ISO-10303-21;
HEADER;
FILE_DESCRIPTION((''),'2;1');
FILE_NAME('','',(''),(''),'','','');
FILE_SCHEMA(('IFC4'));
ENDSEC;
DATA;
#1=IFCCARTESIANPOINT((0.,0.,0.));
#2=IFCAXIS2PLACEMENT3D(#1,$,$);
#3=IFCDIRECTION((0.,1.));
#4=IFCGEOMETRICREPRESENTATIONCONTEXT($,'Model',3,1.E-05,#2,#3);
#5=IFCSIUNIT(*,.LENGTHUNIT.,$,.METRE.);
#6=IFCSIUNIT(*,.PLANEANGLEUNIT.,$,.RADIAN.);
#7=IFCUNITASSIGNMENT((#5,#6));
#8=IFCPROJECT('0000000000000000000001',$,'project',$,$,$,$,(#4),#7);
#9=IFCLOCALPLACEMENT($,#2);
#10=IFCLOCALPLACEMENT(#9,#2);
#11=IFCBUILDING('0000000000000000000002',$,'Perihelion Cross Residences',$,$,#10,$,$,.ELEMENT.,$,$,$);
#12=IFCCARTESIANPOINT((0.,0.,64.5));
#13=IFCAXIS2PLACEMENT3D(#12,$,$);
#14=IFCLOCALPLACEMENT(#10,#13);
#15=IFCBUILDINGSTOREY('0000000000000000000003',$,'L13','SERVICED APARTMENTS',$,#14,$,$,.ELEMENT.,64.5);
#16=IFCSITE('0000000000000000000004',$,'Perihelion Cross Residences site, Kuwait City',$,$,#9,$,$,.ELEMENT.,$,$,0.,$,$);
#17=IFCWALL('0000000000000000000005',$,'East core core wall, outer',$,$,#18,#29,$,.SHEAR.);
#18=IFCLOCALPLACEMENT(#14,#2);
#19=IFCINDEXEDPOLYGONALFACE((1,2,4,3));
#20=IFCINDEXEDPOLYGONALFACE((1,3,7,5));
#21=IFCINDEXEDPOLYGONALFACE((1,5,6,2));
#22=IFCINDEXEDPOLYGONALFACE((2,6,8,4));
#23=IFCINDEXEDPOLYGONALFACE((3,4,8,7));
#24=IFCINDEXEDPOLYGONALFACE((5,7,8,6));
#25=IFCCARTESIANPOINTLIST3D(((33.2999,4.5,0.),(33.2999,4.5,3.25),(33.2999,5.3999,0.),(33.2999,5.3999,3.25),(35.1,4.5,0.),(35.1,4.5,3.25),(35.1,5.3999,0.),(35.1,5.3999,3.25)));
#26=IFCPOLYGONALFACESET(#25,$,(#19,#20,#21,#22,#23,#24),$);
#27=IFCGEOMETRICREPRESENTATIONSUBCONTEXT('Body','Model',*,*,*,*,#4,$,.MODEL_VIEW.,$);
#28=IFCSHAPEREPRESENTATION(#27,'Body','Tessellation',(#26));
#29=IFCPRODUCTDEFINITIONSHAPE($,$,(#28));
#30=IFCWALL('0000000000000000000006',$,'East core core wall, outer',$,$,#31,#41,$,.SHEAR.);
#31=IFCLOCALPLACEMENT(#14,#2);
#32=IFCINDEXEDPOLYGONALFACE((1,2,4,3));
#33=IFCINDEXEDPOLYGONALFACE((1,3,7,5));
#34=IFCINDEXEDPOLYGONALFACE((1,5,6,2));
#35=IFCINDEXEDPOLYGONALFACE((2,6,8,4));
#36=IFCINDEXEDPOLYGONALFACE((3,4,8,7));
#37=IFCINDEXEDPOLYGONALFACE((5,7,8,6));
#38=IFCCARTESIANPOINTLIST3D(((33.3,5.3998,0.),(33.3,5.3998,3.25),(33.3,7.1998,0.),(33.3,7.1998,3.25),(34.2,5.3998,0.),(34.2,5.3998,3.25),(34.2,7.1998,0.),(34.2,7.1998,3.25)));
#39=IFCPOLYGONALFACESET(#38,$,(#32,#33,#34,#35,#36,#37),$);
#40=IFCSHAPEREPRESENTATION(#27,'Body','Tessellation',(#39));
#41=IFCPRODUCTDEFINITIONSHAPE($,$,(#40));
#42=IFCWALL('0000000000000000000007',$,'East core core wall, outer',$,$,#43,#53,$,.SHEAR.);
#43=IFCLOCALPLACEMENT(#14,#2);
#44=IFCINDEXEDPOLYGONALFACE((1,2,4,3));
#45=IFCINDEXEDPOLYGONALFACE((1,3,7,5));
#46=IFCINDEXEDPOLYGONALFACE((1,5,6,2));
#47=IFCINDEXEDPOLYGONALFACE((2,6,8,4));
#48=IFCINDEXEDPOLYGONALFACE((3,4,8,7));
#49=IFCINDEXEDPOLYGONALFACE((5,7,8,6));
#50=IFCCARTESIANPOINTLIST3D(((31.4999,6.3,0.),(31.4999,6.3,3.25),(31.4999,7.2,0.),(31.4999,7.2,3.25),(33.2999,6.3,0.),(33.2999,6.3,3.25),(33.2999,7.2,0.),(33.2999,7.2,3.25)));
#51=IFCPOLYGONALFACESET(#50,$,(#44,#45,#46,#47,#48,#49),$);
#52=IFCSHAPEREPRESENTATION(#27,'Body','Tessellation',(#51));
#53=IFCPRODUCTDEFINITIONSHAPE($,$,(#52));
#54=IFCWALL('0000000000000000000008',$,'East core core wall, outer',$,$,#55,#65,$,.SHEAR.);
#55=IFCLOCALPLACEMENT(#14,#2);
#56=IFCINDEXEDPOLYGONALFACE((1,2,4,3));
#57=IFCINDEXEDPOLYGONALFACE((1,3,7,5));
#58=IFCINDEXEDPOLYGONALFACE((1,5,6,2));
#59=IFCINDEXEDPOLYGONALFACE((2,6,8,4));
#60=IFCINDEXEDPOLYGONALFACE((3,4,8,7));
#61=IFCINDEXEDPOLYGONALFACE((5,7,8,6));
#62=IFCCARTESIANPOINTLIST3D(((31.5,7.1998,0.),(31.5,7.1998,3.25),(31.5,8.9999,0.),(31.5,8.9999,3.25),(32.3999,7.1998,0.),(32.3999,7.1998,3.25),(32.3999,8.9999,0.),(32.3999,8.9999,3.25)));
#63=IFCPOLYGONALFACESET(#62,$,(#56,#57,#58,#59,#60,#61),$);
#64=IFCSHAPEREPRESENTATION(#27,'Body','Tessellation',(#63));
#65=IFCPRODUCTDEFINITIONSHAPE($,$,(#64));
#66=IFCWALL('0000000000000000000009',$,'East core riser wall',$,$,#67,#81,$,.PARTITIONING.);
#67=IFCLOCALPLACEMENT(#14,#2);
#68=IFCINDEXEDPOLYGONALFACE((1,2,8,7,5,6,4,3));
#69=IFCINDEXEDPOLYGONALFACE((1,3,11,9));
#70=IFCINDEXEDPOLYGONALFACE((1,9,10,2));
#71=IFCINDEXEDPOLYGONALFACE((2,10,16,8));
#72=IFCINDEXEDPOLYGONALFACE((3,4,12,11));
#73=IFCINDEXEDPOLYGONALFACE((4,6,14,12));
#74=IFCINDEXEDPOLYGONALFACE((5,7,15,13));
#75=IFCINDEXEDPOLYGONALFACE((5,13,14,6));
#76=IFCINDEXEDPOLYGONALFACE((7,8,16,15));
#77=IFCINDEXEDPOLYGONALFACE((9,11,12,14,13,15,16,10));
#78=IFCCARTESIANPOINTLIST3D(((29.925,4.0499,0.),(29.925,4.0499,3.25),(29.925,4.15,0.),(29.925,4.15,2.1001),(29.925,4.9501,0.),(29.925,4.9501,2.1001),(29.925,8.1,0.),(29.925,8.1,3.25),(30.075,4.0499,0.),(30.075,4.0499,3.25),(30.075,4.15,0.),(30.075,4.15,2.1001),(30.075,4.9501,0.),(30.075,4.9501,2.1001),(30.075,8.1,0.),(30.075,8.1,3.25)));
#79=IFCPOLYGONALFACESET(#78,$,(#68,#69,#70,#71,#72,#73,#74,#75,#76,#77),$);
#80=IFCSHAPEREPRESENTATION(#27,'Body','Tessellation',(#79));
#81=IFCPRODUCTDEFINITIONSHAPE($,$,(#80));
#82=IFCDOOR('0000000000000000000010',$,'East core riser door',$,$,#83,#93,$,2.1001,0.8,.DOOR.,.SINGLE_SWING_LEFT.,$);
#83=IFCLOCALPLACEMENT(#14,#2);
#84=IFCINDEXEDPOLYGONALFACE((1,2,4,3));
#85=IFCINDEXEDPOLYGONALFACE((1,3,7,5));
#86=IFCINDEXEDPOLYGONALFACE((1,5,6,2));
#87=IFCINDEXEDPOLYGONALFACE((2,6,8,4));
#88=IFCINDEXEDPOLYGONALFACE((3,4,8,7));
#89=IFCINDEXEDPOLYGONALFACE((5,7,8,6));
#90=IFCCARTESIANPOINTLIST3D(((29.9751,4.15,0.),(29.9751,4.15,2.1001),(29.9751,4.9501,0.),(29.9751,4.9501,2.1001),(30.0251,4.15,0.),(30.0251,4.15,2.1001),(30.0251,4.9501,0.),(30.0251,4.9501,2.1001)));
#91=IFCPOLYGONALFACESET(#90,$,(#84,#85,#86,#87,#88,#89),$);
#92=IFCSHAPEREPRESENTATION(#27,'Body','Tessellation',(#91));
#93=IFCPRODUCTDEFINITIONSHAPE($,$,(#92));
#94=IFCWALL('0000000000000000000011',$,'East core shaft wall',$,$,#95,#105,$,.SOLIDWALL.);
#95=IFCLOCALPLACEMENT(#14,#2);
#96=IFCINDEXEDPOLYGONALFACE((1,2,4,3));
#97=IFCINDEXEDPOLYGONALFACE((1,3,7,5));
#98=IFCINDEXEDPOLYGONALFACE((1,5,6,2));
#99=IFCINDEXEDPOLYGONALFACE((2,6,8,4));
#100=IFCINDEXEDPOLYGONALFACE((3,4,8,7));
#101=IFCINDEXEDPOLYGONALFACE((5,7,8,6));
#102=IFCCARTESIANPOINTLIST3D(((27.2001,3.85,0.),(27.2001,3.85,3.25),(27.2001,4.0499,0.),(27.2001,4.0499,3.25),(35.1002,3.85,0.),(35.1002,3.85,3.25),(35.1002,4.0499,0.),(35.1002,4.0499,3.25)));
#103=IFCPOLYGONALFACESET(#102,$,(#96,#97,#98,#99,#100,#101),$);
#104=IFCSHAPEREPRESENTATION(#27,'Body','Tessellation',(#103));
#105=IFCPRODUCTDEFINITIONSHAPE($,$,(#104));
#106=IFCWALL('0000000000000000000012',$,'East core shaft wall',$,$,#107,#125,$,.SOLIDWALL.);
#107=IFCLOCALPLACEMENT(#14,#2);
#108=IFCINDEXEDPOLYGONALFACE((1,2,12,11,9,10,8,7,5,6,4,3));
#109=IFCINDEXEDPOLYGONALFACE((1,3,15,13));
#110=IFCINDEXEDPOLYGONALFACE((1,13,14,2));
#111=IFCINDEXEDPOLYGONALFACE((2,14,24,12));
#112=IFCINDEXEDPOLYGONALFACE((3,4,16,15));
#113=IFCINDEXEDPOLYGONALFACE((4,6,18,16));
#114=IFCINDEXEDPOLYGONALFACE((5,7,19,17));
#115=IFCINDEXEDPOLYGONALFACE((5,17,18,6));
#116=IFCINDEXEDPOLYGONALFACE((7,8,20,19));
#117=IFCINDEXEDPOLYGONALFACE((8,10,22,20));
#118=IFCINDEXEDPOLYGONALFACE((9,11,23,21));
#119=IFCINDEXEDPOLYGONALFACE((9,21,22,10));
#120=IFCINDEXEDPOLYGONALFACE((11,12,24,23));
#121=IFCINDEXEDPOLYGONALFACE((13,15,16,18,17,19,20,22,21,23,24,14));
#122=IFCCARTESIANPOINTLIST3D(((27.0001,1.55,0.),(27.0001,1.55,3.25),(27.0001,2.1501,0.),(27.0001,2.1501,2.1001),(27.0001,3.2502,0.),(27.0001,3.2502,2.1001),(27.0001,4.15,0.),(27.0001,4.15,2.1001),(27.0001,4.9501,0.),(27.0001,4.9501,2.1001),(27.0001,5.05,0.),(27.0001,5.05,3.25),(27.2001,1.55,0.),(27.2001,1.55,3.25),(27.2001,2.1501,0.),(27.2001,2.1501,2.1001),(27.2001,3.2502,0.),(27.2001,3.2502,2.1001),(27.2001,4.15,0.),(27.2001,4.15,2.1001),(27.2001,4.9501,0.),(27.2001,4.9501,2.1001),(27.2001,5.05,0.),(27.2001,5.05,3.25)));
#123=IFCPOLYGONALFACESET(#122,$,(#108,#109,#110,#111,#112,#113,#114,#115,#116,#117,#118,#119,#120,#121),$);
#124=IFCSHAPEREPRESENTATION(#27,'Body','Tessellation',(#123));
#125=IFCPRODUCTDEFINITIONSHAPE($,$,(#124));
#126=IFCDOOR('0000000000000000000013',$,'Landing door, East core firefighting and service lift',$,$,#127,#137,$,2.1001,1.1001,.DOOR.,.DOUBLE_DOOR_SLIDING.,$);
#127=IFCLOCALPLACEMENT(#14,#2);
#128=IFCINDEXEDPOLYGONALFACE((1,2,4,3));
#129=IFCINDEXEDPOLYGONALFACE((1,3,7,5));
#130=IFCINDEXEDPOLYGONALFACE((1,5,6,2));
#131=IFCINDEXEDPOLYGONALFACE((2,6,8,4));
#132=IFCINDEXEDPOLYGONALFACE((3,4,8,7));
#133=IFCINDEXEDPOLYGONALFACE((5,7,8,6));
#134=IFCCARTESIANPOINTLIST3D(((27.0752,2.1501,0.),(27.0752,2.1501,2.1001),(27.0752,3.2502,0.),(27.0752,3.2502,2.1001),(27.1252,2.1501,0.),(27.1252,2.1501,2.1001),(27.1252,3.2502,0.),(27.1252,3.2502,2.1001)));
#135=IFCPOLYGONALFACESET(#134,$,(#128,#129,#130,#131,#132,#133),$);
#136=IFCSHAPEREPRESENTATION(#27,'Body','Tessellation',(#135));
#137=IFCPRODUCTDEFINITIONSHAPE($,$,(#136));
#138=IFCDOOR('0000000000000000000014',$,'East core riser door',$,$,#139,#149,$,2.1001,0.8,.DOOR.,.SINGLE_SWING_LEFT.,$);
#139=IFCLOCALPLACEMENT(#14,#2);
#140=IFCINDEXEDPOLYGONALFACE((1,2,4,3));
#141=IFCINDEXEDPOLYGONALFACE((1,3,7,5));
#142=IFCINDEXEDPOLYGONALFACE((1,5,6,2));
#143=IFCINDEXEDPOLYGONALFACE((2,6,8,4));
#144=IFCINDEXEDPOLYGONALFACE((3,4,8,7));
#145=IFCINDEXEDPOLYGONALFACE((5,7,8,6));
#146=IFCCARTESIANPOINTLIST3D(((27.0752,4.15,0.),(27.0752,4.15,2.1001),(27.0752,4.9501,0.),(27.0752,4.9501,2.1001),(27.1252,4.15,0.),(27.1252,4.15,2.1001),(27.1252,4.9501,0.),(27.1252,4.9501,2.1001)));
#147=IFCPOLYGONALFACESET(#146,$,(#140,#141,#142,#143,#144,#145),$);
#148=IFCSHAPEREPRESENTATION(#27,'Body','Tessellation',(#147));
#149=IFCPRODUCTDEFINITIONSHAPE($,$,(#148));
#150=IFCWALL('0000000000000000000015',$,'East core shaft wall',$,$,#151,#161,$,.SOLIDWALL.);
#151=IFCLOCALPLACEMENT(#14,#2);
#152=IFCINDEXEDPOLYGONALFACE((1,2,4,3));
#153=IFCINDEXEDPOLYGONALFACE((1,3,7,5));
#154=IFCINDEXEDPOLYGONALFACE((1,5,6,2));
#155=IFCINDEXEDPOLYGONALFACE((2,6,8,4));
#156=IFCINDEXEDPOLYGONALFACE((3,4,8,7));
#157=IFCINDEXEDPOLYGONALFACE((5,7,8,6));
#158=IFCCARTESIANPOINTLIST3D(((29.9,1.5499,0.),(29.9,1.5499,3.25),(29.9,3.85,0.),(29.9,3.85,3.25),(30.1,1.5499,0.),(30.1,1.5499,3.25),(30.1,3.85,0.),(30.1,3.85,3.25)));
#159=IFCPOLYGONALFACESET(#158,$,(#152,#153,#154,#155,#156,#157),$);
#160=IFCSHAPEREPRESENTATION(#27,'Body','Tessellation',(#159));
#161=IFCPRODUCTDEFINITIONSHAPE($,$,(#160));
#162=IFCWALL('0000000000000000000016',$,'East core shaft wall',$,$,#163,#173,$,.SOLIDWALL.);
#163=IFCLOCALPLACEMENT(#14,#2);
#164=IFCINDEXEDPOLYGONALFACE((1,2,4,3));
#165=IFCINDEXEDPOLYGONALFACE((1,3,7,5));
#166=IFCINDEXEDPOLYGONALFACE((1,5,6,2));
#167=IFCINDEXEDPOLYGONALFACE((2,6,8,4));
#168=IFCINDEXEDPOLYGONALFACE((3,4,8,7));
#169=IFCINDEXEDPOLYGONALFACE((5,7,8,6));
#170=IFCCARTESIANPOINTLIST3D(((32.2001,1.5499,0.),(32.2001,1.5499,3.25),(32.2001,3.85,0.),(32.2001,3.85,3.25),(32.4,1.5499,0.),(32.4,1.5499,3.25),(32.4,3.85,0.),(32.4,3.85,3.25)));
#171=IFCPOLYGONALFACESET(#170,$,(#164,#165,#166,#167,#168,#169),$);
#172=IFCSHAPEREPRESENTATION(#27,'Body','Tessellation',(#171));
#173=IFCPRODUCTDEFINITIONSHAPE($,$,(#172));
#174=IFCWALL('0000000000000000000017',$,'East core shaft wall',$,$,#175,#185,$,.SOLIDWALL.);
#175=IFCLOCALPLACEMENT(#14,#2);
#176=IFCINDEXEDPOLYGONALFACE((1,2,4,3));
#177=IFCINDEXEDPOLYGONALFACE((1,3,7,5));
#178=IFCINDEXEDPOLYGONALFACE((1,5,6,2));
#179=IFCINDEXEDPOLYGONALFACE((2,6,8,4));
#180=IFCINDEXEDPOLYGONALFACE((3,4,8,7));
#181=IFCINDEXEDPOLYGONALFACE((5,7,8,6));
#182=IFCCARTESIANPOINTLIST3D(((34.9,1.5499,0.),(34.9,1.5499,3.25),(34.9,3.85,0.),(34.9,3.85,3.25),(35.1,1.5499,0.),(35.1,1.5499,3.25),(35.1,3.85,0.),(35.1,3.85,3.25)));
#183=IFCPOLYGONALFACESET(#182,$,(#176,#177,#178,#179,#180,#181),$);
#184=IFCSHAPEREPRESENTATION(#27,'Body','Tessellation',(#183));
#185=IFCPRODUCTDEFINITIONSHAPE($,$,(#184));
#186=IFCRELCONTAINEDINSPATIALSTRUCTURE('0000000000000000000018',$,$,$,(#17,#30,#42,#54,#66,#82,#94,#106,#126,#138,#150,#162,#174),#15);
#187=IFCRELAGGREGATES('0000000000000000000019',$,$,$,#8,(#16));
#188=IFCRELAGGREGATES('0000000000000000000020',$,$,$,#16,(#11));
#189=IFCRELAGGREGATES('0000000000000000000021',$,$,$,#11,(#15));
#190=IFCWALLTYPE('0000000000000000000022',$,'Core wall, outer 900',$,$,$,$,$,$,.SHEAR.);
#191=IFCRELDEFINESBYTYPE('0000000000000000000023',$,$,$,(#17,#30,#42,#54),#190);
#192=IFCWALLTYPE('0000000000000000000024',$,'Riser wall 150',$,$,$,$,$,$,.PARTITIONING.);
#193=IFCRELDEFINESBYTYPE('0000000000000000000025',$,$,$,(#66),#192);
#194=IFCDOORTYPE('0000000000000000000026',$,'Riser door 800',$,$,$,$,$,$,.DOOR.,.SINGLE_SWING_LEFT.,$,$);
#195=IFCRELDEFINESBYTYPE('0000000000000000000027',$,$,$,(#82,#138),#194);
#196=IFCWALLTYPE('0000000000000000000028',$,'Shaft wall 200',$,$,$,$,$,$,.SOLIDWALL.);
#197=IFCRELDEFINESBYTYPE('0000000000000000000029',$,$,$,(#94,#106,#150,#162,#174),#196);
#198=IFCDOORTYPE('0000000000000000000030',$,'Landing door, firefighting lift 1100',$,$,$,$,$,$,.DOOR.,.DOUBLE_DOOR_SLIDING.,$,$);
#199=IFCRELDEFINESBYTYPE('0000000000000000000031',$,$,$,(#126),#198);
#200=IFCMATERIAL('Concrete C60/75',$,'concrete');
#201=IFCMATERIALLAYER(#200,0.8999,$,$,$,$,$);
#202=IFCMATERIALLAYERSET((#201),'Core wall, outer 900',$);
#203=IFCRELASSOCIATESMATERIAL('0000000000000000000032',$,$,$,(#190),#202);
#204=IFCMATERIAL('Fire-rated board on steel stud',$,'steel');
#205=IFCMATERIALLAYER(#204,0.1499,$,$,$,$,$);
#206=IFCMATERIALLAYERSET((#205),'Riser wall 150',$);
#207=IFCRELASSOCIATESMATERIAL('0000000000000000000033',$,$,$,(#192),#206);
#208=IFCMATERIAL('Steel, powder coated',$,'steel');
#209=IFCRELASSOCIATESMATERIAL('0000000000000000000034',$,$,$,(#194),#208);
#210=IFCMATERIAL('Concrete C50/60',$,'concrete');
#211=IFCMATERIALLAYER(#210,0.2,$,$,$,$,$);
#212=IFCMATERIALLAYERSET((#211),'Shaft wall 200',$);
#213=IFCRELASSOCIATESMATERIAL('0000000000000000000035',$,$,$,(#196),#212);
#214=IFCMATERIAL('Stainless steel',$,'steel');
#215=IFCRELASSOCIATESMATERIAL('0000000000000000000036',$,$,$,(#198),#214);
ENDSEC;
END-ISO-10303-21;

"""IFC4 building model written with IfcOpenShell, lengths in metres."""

from ifc_helpers import new_model, si_unit, direction, frame, frame_2d, origin, place, context, subcontext, project, spatial, rectangle, extrude, material, layer, layer_set, type_object, element, fill, save


model = new_model("IFC4")

# Units and contexts
model_context = context("Model", 3, precision=1e-05, world=origin(), true_north=direction((0.0, 1.0)))
body_context = subcontext(model_context, "Body", "Model", "MODEL_VIEW")
ifc_project = project(units=[si_unit("LENGTHUNIT", "METRE"), si_unit("PLANEANGLEUNIT", "RADIAN")], contexts=[model_context])

# Site, building, storey
site_placement = place(None, origin())
site = spatial("IfcSite", under=ifc_project, at=site_placement, Name="Perihelion Cross Residences site, Kuwait City", CompositionType="ELEMENT", RefElevation=0.0)
building_placement = place(site_placement, origin())
building = spatial("IfcBuilding", under=site, at=building_placement, Name="Perihelion Cross Residences", CompositionType="ELEMENT")
storey_placement = place(building_placement, frame((0.0, 0.0, 64.5)))
storey = spatial("IfcBuildingStorey", under=building, at=storey_placement, Name="L13", Description="SERVICED APARTMENTS", CompositionType="ELEMENT", Elevation=64.5)

# Walls
ifc_material_1 = material(Name="Concrete C60/75", Category="concrete")
ifc_layer_1 = layer(ifc_material_1, 0.8999)
ifc_layer_set_1 = layer_set([ifc_layer_1], Name="Core wall, outer 900")
wall_type_1 = type_object("IfcWallType", Name="Core wall, outer 900", PredefinedType="SHEAR", material=ifc_layer_set_1)
for number, where, z_axis, x_axis, name in (
    (1, (33.3, 4.95, 0.0), (0.0, 0.0, 1.0), (1.0, 0.0, 0.0), "East core core wall, outer"),
    (2, (33.75, 5.3999, 0.0), (0.0, 0.0, 1.0), (0.0, 1.0, 0.0), "East core core wall, outer"),
    (3, (31.5, 6.75, 0.0), (0.0, 0.0, 1.0), (1.0, 0.0, 0.0), "East core core wall, outer"),
    (4, (31.95, 7.2, 0.0), (0.0, 0.0, 1.0), (0.0, 1.0, 0.0), "East core core wall, outer"),
):
    element("IfcWall", number, at=place(storey_placement, frame(where, z_axis=z_axis, x_axis=x_axis)), inside=storey, type_object=wall_type_1, Name=name, PredefinedType="SHEAR", context=body_context, shape_type="SweptSolid", body=[
        extrude(rectangle(XDim=1.8, YDim=0.8999, at=frame_2d((0.8999, 0.0))), origin(), (0.0, 0.0, 1.0), 3.25),
    ])

# Wall, opening, door
ifc_material_2 = material(Name="Fire-rated board on steel stud", Category="steel")
ifc_layer_2 = layer(ifc_material_2, 0.1499)
ifc_layer_set_2 = layer_set([ifc_layer_2], Name="Riser wall 150")
wall_type_2 = type_object("IfcWallType", Name="Riser wall 150", PredefinedType="PARTITIONING", material=ifc_layer_set_2)
wall_1_placement = place(storey_placement, frame((30.0, 4.05, 0.0), z_axis=(0.0, 0.0, 1.0), x_axis=(0.0, 1.0, 0.0)))
wall_1 = element("IfcWall", 5, at=wall_1_placement, inside=storey, type_object=wall_type_2, Name="East core riser wall", PredefinedType="PARTITIONING", context=body_context, shape_type="SweptSolid", body=[
    extrude(rectangle(XDim=4.05, YDim=0.1499, at=frame_2d((2.0249, 0.0))), origin(), (0.0, 0.0, 1.0), 3.25),
])
opening_1_placement = place(wall_1_placement, frame((0.1001, 0.0, 0.0)))
opening_1 = element("IfcOpeningElement", 6, at=opening_1_placement, cuts=wall_1, PredefinedType="OPENING", context=body_context, shape_type="SweptSolid", body=[
    extrude(rectangle(XDim=0.8, YDim=2.1001, at=frame_2d((0.3999, 1.05))), frame((0.0, 0.085, 0.0), z_axis=(0.0, -1.0, 0.0), x_axis=(1.0, 0.0, 0.0)), (0.0, 0.0, 1.0), 0.1699),
])
ifc_material_3 = material(Name="Steel, powder coated", Category="steel")
door_type_1 = type_object("IfcDoorType", Name="Riser door 800", OperationType="SINGLE_SWING_LEFT", PredefinedType="DOOR", material=ifc_material_3)
door_1_placement = place(opening_1_placement, origin())
door_1 = element("IfcDoor", 7, at=door_1_placement, inside=storey, type_object=door_type_1, Name="East core riser door", OperationType="SINGLE_SWING_LEFT", OverallHeight=2.1001, OverallWidth=0.8, PredefinedType="DOOR", context=body_context, shape_type="SweptSolid", body=[
    extrude(rectangle(XDim=0.8, YDim=2.1001, at=frame_2d((0.3999, 1.05))), frame((0.0, 0.0249, 0.0), z_axis=(0.0, -1.0, 0.0), x_axis=(1.0, 0.0, 0.0)), (0.0, 0.0, 1.0), 0.05),
])
fill(opening_1, door_1)

# Wall
ifc_material_4 = material(Name="Concrete C50/60", Category="concrete")
ifc_layer_3 = layer(ifc_material_4, 0.2)
ifc_layer_set_3 = layer_set([ifc_layer_3], Name="Shaft wall 200")
wall_type_3 = type_object("IfcWallType", Name="Shaft wall 200", PredefinedType="SOLIDWALL", material=ifc_layer_set_3)
wall_2_placement = place(storey_placement, frame((27.2, 3.95, 0.0), z_axis=(0.0, 0.0, 1.0), x_axis=(1.0, 0.0, 0.0)))
element("IfcWall", 8, at=wall_2_placement, inside=storey, type_object=wall_type_3, Name="East core shaft wall", PredefinedType="SOLIDWALL", context=body_context, shape_type="SweptSolid", body=[
    extrude(rectangle(XDim=7.9001, YDim=0.2, at=frame_2d((3.9502, 0.0))), origin(), (0.0, 0.0, 1.0), 3.25),
])

# Wall, openings, doors
wall_3_placement = place(storey_placement, frame((27.1001, 1.55, 0.0), z_axis=(0.0, 0.0, 1.0), x_axis=(0.0, 1.0, 0.0)))
wall_3 = element("IfcWall", 9, at=wall_3_placement, inside=storey, type_object=wall_type_3, Name="East core shaft wall", PredefinedType="SOLIDWALL", context=body_context, shape_type="SweptSolid", body=[
    extrude(rectangle(XDim=3.5, YDim=0.2, at=frame_2d((1.75, 0.0))), origin(), (0.0, 0.0, 1.0), 3.25),
])
opening_2_placement = place(wall_3_placement, frame((0.6001, 0.0, 0.0)))
opening_2 = element("IfcOpeningElement", 10, at=opening_2_placement, cuts=wall_3, PredefinedType="OPENING", context=body_context, shape_type="SweptSolid", body=[
    extrude(rectangle(XDim=1.1001, YDim=2.1001, at=frame_2d((0.55, 1.05))), frame((0.0, 0.1099, 0.0), z_axis=(0.0, -1.0, 0.0), x_axis=(1.0, 0.0, 0.0)), (0.0, 0.0, 1.0), 0.22),
])
opening_3_placement = place(wall_3_placement, frame((2.6001, 0.0, 0.0)))
opening_3 = element("IfcOpeningElement", 11, at=opening_3_placement, cuts=wall_3, PredefinedType="OPENING", context=body_context, shape_type="SweptSolid", body=[
    extrude(rectangle(XDim=0.8, YDim=2.1001, at=frame_2d((0.3999, 1.05))), frame((0.0, 0.1099, 0.0), z_axis=(0.0, -1.0, 0.0), x_axis=(1.0, 0.0, 0.0)), (0.0, 0.0, 1.0), 0.22),
])
ifc_material_5 = material(Name="Stainless steel", Category="steel")
door_type_2 = type_object("IfcDoorType", Name="Landing door, firefighting lift 1100", OperationType="DOUBLE_DOOR_SLIDING", PredefinedType="DOOR", material=ifc_material_5)
door_2_placement = place(opening_2_placement, origin())
door_2 = element("IfcDoor", 12, at=door_2_placement, inside=storey, type_object=door_type_2, Name="Landing door, East core firefighting and service lift", OperationType="DOUBLE_DOOR_SLIDING", OverallHeight=2.1001, OverallWidth=1.1001, PredefinedType="DOOR", context=body_context, shape_type="SweptSolid", body=[
    extrude(rectangle(XDim=1.1001, YDim=2.1001, at=frame_2d((0.55, 1.05))), frame((0.0, 0.0249, 0.0), z_axis=(0.0, -1.0, 0.0), x_axis=(1.0, 0.0, 0.0)), (0.0, 0.0, 1.0), 0.05),
])
fill(opening_2, door_2)
door_3_placement = place(opening_3_placement, origin())
door_3 = element("IfcDoor", 13, at=door_3_placement, inside=storey, type_object=door_type_1, Name="East core riser door", OperationType="SINGLE_SWING_LEFT", OverallHeight=2.1001, OverallWidth=0.8, PredefinedType="DOOR", context=body_context, shape_type="SweptSolid", body=[
    extrude(rectangle(XDim=0.8, YDim=2.1001, at=frame_2d((0.3999, 1.05))), frame((0.0, 0.0249, 0.0), z_axis=(0.0, -1.0, 0.0), x_axis=(1.0, 0.0, 0.0)), (0.0, 0.0, 1.0), 0.05),
])
fill(opening_3, door_3)

# Walls
for number, where, z_axis, x_axis, name in (
    (14, (30.0, 1.55, 0.0), (0.0, 0.0, 1.0), (0.0, 1.0, 0.0), "East core shaft wall"),
    (15, (32.3, 1.55, 0.0), (0.0, 0.0, 1.0), (0.0, 1.0, 0.0), "East core shaft wall"),
    (16, (35.0, 1.55, 0.0), (0.0, 0.0, 1.0), (0.0, 1.0, 0.0), "East core shaft wall"),
):
    element("IfcWall", number, at=place(storey_placement, frame(where, z_axis=z_axis, x_axis=x_axis)), inside=storey, type_object=wall_type_3, Name=name, PredefinedType="SOLIDWALL", context=body_context, shape_type="SweptSolid", body=[
        extrude(rectangle(XDim=2.3, YDim=0.2, at=frame_2d((1.1499, 0.0))), origin(), (0.0, 0.0, 1.0), 3.25),
    ])

save(model, "model.ifc")
